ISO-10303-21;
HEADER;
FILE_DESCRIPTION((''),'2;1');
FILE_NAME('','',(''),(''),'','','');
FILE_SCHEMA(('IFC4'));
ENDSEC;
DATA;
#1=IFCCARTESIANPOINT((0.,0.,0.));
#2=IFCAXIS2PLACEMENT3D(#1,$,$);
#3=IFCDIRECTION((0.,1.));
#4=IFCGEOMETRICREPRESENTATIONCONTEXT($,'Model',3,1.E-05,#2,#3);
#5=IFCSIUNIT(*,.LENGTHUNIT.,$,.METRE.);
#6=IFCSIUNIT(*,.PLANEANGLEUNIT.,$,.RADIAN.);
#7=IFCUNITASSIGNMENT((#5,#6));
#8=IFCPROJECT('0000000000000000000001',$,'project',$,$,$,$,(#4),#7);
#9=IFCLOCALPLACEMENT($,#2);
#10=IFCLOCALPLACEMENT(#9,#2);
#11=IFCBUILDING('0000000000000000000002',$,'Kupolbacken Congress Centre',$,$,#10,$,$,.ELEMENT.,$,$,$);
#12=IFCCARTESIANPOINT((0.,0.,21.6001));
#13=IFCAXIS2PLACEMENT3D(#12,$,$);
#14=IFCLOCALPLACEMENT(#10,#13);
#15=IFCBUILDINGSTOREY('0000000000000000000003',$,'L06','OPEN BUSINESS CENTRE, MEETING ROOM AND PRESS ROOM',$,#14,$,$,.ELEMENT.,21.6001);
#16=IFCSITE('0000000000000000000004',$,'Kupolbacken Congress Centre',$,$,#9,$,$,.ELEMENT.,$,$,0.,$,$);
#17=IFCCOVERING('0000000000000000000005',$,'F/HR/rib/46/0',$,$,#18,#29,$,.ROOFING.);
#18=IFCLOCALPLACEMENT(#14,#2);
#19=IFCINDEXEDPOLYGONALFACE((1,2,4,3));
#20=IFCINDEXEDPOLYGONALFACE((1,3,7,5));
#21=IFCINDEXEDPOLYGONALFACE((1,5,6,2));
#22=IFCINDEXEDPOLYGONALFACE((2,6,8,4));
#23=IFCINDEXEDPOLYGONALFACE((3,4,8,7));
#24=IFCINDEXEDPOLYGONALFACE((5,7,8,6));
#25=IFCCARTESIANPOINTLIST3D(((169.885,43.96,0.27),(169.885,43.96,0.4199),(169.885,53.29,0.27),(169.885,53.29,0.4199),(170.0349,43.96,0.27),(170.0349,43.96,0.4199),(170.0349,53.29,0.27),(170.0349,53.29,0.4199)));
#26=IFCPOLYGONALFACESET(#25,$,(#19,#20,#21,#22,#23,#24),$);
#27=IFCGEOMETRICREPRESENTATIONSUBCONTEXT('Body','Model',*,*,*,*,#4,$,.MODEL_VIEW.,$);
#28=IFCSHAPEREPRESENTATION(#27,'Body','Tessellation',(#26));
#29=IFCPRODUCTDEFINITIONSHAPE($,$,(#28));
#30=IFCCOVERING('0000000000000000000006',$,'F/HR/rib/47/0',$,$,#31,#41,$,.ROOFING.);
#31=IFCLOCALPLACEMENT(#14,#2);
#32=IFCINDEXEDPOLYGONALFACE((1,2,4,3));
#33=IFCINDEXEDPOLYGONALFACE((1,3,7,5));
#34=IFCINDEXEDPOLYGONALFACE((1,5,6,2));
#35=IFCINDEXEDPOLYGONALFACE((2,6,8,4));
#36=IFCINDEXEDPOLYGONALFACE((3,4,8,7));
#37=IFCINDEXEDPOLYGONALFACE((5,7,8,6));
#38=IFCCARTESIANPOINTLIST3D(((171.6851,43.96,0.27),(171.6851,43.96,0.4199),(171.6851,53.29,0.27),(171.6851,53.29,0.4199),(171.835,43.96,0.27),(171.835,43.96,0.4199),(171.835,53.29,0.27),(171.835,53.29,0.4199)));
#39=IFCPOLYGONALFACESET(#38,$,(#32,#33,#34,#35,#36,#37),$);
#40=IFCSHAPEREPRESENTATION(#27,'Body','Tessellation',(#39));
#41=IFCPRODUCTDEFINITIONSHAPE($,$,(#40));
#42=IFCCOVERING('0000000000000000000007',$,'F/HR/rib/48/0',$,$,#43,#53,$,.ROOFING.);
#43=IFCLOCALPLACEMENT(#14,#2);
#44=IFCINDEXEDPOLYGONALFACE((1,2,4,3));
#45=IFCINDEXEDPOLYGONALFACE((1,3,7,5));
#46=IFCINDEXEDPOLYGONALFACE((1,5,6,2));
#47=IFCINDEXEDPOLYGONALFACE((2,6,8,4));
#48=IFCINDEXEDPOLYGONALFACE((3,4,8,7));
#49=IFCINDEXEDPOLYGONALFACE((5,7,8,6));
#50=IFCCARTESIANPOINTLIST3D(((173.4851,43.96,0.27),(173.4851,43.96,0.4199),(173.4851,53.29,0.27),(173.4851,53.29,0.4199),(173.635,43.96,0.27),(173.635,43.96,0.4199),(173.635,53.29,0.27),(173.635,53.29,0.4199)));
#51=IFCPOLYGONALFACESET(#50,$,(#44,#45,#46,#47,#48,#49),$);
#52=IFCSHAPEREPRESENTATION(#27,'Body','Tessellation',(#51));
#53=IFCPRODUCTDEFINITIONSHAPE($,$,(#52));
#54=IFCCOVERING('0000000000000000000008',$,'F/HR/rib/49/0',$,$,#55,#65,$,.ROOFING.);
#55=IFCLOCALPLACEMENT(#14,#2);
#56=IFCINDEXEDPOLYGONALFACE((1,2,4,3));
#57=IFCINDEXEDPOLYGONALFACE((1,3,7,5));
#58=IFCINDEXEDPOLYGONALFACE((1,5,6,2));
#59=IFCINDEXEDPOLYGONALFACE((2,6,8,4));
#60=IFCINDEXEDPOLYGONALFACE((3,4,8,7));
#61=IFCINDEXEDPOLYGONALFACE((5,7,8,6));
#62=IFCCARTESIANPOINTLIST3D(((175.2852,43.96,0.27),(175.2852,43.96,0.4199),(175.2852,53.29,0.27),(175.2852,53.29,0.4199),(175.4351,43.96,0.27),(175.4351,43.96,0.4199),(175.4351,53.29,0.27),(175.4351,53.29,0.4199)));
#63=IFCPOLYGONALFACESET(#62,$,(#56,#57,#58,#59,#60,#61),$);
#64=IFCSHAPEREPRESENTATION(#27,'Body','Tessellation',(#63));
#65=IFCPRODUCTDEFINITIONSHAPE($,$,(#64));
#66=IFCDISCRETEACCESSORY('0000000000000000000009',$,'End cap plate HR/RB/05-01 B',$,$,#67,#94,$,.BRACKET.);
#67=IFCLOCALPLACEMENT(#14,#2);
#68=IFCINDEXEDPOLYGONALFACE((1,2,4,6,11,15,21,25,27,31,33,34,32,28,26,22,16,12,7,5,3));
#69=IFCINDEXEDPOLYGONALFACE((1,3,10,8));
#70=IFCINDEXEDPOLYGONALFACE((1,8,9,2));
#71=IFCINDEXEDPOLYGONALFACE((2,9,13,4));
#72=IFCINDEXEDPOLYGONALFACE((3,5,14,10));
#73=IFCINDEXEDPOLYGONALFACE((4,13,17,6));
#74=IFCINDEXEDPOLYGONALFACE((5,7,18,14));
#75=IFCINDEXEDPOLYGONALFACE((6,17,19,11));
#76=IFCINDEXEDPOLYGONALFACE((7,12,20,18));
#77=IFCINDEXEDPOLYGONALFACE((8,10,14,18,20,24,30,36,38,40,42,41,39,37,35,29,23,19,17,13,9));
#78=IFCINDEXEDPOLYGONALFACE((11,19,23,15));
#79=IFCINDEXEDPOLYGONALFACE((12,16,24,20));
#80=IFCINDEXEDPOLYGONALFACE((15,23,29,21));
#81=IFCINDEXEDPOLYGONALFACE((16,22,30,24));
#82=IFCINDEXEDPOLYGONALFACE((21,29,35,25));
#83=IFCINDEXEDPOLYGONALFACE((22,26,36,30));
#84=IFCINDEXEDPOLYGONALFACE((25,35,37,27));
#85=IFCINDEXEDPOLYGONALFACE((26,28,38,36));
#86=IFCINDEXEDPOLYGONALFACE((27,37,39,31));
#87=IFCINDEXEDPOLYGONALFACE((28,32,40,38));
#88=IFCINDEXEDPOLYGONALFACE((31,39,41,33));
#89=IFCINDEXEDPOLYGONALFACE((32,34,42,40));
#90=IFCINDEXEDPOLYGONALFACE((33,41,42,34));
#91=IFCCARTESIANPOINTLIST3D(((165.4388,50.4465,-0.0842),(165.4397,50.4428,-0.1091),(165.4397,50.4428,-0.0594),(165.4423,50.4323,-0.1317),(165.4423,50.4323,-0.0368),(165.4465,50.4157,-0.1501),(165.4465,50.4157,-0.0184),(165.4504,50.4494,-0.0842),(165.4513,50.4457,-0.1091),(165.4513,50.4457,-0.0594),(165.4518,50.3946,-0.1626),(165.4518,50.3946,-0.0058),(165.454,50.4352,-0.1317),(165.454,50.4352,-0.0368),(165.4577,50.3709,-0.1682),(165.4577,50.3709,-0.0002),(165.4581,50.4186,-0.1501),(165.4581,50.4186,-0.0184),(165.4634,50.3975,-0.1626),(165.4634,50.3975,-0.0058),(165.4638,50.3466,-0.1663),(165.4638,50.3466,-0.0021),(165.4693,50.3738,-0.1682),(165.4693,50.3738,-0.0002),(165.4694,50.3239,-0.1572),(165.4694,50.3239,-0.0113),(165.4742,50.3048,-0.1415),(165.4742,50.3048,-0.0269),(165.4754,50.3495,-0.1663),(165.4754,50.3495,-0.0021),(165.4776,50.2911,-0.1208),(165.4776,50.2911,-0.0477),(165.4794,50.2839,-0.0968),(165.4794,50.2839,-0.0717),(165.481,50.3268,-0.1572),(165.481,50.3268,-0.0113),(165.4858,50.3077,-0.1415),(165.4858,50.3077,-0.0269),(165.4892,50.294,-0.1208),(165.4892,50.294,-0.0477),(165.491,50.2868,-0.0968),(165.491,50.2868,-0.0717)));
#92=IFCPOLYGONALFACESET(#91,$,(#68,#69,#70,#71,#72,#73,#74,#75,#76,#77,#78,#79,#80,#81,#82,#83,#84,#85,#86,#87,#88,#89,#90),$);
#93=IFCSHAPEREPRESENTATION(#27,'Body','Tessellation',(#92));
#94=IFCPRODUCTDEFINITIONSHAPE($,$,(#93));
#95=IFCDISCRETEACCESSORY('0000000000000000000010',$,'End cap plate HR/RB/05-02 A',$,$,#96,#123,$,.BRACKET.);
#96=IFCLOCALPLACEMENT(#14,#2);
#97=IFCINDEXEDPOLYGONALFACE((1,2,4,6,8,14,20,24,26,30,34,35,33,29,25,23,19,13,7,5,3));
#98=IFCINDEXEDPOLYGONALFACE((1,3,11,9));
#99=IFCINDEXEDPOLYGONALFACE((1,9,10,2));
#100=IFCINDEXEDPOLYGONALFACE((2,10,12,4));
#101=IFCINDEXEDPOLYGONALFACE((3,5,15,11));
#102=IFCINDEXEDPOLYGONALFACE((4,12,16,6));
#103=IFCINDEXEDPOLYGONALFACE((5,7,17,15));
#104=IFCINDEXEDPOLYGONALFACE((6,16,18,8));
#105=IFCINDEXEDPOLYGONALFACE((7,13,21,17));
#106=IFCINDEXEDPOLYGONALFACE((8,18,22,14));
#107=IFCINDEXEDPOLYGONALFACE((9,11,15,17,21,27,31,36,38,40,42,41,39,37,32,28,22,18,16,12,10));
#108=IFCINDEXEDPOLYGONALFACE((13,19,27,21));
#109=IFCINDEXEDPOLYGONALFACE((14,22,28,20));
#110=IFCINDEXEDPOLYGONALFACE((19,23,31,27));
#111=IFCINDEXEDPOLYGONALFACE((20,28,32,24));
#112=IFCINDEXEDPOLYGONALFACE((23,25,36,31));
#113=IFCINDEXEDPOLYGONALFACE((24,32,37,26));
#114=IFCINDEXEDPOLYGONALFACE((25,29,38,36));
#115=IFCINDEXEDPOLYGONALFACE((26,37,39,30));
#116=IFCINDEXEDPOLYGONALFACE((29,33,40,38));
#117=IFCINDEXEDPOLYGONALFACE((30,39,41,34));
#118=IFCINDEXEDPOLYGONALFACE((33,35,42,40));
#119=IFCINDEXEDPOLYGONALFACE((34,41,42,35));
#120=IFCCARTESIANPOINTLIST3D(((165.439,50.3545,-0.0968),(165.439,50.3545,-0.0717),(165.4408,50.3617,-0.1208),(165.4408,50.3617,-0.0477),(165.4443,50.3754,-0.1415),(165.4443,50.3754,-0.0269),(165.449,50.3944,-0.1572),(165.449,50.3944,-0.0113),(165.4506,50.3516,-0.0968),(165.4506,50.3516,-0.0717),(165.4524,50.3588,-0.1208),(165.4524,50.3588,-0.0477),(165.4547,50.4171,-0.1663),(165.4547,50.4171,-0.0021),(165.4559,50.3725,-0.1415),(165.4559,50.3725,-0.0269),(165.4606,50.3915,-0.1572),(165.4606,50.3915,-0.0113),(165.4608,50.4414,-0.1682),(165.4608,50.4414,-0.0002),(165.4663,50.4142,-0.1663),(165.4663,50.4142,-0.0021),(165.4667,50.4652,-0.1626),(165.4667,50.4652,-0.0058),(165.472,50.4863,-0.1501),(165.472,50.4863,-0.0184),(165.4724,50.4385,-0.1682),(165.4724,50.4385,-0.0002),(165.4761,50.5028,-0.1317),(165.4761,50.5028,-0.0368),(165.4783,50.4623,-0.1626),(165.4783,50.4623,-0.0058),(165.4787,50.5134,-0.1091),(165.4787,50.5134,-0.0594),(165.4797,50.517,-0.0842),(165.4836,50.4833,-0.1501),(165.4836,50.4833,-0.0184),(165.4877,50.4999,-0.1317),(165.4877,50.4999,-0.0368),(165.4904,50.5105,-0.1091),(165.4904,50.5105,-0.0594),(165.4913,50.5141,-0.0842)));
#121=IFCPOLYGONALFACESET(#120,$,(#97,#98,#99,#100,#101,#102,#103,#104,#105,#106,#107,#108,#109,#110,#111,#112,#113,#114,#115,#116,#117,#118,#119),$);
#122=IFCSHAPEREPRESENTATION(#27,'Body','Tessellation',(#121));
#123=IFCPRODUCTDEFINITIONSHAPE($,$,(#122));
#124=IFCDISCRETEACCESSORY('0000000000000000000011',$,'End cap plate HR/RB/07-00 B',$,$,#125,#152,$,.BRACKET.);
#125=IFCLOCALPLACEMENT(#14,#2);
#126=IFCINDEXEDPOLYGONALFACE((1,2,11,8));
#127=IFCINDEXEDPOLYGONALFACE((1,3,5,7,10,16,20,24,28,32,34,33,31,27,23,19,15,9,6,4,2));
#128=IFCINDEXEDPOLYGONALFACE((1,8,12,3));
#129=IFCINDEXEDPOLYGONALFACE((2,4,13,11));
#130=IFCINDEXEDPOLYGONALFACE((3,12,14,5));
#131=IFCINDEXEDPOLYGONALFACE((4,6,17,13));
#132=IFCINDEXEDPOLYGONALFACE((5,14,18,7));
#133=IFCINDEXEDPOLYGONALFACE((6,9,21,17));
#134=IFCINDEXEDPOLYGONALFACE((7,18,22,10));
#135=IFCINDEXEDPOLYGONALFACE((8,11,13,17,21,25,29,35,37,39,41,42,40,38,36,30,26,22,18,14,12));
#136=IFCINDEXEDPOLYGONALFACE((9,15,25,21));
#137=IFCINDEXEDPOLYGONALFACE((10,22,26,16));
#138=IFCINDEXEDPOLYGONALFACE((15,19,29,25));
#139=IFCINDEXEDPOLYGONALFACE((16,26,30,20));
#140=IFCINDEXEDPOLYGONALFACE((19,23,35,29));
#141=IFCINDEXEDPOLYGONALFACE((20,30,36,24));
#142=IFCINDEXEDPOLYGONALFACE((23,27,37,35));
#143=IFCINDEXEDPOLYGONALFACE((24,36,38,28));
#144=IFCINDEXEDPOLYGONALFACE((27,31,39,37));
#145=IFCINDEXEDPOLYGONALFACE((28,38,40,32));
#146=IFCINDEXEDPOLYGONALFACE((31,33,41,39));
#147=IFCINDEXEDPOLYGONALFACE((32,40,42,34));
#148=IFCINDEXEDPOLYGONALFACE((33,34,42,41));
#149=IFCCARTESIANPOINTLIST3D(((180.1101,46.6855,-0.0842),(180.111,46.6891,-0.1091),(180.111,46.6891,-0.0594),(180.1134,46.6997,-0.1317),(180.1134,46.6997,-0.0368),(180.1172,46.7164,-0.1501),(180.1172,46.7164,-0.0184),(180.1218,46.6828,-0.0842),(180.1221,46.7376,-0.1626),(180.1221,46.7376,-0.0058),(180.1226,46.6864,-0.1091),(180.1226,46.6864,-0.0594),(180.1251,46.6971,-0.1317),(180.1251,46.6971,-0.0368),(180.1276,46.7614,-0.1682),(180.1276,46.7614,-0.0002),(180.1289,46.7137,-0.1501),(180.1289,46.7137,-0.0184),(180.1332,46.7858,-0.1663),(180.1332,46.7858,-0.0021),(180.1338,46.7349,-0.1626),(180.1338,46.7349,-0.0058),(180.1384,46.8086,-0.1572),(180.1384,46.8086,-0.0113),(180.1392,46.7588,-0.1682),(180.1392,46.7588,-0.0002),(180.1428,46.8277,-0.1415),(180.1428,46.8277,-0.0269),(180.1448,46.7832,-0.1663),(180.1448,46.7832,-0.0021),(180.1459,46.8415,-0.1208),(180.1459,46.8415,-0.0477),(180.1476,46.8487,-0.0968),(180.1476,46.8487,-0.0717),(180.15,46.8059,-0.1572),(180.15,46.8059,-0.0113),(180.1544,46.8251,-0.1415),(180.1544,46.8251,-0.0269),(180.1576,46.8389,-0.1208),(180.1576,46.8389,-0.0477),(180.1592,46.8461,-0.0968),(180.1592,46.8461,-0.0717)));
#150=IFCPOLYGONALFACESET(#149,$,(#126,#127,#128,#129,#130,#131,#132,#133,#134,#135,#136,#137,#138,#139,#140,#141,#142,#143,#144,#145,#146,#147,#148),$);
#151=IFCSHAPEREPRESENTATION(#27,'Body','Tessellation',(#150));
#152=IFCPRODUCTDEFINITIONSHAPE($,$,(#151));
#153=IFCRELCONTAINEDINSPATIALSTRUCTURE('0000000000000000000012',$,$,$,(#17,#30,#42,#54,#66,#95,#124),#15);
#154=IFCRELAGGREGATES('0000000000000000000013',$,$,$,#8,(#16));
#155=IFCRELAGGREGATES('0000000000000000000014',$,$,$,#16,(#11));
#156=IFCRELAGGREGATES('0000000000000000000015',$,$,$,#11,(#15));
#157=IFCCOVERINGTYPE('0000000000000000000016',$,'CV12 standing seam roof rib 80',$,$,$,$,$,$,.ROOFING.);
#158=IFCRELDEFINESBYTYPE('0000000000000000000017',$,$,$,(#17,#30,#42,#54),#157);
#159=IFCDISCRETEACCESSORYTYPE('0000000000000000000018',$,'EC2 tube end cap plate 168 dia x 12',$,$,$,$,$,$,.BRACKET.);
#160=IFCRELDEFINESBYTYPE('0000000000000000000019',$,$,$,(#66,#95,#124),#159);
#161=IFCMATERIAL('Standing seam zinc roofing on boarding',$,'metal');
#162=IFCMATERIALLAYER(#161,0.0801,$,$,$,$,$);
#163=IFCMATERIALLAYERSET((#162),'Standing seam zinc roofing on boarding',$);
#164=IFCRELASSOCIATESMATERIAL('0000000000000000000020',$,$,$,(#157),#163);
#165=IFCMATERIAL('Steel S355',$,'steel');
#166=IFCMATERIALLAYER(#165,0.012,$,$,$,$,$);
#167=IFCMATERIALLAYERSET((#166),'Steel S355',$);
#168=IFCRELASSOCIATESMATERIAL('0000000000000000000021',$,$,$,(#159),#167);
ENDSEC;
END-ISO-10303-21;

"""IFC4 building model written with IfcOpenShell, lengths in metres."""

from ifc_helpers import new_model, si_unit, direction, frame, origin, origin_2d, place, context, subcontext, project, spatial, rectangle, circle, extrude, material, layer, layer_set, type_object, element, save


model = new_model("IFC4")

# Units and contexts
model_context = context("Model", 3, precision=1e-05, world=origin(), true_north=direction((0.0, 1.0)))
body_context = subcontext(model_context, "Body", "Model", "MODEL_VIEW")
ifc_project = project(units=[si_unit("LENGTHUNIT", "METRE"), si_unit("PLANEANGLEUNIT", "RADIAN")], contexts=[model_context])

# Site, building, storey
site_placement = place(None, origin())
site = spatial("IfcSite", under=ifc_project, at=site_placement, Name="Kupolbacken Congress Centre", CompositionType="ELEMENT", RefElevation=0.0)
building_placement = place(site_placement, origin())
building = spatial("IfcBuilding", under=site, at=building_placement, Name="Kupolbacken Congress Centre", CompositionType="ELEMENT")
storey_placement = place(building_placement, frame((0.0, 0.0, 21.6001)))
storey = spatial("IfcBuildingStorey", under=building, at=storey_placement, Name="L06", Description="OPEN BUSINESS CENTRE, MEETING ROOM AND PRESS ROOM", CompositionType="ELEMENT", Elevation=21.6001)

# Coverings
ifc_material_1 = material(Name="Standing seam zinc roofing on boarding", Category="metal")
ifc_layer_1 = layer(ifc_material_1, 0.0801)
ifc_layer_set_1 = layer_set([ifc_layer_1], Name="Standing seam zinc roofing on boarding")
covering_type = type_object("IfcCoveringType", Name="CV12 standing seam roof rib 80", PredefinedType="ROOFING", material=ifc_layer_set_1)
for number, where, z_axis, x_axis, name in (
    (1, (169.96, 48.625, 0.27), (0.0, 0.0, 1.0), (0.0, 1.0, 0.0), "F/HR/rib/46/0"),
    (2, (171.76, 48.625, 0.27), (0.0, 0.0, 1.0), (0.0, 1.0, 0.0), "F/HR/rib/47/0"),
    (3, (173.5601, 48.625, 0.27), (0.0, 0.0, 1.0), (0.0, 1.0, 0.0), "F/HR/rib/48/0"),
    (4, (175.3601, 48.625, 0.27), (0.0, 0.0, 1.0), (0.0, 1.0, 0.0), "F/HR/rib/49/0"),
):
    element("IfcCovering", number, at=place(storey_placement, frame(where, z_axis=z_axis, x_axis=x_axis)), inside=storey, type_object=covering_type, Name=name, PredefinedType="ROOFING", context=body_context, shape_type="SweptSolid", body=[
        extrude(rectangle(XDim=9.3301, YDim=0.1499, at=origin_2d()), origin(), (0.0, 0.0, 1.0), 0.1499),
    ])

# Discrete accessories
ifc_material_2 = material(Name="Steel S355", Category="steel")
ifc_layer_2 = layer(ifc_material_2, 0.012)
ifc_layer_set_2 = layer_set([ifc_layer_2], Name="Steel S355")
discrete_accessory_type = type_object("IfcDiscreteAccessoryType", Name="EC2 tube end cap plate 168 dia x 12", PredefinedType="BRACKET", material=ifc_layer_set_2)
for number, where, z_axis, x_axis, name in (
    (5, (165.4592, 50.3647, -0.0842), (0.970143, 0.242536, 0.0), (-0.242536, 0.970143, 0.0), "End cap plate HR/RB/05-01 B"),
    (6, (165.4592, 50.4353, -0.0842), (0.970143, -0.242536, 0.0), (0.242536, 0.970143, 0.0), "End cap plate HR/RB/05-02 A"),
    (7, (180.1406, 46.7649, -0.0842), (-0.974732, 0.223376, 0.0), (-0.223376, -0.974732, 0.0), "End cap plate HR/RB/07-00 B"),
):
    element("IfcDiscreteAccessory", number, at=place(storey_placement, frame(where, z_axis=z_axis, x_axis=x_axis)), inside=storey, type_object=discrete_accessory_type, Name=name, PredefinedType="BRACKET", context=body_context, shape_type="SweptSolid", body=[
        extrude(circle(Radius=0.0842, at=origin_2d()), origin(), (0.0, 0.0, 1.0), 0.012),
    ])

save(model, "model.ifc")
